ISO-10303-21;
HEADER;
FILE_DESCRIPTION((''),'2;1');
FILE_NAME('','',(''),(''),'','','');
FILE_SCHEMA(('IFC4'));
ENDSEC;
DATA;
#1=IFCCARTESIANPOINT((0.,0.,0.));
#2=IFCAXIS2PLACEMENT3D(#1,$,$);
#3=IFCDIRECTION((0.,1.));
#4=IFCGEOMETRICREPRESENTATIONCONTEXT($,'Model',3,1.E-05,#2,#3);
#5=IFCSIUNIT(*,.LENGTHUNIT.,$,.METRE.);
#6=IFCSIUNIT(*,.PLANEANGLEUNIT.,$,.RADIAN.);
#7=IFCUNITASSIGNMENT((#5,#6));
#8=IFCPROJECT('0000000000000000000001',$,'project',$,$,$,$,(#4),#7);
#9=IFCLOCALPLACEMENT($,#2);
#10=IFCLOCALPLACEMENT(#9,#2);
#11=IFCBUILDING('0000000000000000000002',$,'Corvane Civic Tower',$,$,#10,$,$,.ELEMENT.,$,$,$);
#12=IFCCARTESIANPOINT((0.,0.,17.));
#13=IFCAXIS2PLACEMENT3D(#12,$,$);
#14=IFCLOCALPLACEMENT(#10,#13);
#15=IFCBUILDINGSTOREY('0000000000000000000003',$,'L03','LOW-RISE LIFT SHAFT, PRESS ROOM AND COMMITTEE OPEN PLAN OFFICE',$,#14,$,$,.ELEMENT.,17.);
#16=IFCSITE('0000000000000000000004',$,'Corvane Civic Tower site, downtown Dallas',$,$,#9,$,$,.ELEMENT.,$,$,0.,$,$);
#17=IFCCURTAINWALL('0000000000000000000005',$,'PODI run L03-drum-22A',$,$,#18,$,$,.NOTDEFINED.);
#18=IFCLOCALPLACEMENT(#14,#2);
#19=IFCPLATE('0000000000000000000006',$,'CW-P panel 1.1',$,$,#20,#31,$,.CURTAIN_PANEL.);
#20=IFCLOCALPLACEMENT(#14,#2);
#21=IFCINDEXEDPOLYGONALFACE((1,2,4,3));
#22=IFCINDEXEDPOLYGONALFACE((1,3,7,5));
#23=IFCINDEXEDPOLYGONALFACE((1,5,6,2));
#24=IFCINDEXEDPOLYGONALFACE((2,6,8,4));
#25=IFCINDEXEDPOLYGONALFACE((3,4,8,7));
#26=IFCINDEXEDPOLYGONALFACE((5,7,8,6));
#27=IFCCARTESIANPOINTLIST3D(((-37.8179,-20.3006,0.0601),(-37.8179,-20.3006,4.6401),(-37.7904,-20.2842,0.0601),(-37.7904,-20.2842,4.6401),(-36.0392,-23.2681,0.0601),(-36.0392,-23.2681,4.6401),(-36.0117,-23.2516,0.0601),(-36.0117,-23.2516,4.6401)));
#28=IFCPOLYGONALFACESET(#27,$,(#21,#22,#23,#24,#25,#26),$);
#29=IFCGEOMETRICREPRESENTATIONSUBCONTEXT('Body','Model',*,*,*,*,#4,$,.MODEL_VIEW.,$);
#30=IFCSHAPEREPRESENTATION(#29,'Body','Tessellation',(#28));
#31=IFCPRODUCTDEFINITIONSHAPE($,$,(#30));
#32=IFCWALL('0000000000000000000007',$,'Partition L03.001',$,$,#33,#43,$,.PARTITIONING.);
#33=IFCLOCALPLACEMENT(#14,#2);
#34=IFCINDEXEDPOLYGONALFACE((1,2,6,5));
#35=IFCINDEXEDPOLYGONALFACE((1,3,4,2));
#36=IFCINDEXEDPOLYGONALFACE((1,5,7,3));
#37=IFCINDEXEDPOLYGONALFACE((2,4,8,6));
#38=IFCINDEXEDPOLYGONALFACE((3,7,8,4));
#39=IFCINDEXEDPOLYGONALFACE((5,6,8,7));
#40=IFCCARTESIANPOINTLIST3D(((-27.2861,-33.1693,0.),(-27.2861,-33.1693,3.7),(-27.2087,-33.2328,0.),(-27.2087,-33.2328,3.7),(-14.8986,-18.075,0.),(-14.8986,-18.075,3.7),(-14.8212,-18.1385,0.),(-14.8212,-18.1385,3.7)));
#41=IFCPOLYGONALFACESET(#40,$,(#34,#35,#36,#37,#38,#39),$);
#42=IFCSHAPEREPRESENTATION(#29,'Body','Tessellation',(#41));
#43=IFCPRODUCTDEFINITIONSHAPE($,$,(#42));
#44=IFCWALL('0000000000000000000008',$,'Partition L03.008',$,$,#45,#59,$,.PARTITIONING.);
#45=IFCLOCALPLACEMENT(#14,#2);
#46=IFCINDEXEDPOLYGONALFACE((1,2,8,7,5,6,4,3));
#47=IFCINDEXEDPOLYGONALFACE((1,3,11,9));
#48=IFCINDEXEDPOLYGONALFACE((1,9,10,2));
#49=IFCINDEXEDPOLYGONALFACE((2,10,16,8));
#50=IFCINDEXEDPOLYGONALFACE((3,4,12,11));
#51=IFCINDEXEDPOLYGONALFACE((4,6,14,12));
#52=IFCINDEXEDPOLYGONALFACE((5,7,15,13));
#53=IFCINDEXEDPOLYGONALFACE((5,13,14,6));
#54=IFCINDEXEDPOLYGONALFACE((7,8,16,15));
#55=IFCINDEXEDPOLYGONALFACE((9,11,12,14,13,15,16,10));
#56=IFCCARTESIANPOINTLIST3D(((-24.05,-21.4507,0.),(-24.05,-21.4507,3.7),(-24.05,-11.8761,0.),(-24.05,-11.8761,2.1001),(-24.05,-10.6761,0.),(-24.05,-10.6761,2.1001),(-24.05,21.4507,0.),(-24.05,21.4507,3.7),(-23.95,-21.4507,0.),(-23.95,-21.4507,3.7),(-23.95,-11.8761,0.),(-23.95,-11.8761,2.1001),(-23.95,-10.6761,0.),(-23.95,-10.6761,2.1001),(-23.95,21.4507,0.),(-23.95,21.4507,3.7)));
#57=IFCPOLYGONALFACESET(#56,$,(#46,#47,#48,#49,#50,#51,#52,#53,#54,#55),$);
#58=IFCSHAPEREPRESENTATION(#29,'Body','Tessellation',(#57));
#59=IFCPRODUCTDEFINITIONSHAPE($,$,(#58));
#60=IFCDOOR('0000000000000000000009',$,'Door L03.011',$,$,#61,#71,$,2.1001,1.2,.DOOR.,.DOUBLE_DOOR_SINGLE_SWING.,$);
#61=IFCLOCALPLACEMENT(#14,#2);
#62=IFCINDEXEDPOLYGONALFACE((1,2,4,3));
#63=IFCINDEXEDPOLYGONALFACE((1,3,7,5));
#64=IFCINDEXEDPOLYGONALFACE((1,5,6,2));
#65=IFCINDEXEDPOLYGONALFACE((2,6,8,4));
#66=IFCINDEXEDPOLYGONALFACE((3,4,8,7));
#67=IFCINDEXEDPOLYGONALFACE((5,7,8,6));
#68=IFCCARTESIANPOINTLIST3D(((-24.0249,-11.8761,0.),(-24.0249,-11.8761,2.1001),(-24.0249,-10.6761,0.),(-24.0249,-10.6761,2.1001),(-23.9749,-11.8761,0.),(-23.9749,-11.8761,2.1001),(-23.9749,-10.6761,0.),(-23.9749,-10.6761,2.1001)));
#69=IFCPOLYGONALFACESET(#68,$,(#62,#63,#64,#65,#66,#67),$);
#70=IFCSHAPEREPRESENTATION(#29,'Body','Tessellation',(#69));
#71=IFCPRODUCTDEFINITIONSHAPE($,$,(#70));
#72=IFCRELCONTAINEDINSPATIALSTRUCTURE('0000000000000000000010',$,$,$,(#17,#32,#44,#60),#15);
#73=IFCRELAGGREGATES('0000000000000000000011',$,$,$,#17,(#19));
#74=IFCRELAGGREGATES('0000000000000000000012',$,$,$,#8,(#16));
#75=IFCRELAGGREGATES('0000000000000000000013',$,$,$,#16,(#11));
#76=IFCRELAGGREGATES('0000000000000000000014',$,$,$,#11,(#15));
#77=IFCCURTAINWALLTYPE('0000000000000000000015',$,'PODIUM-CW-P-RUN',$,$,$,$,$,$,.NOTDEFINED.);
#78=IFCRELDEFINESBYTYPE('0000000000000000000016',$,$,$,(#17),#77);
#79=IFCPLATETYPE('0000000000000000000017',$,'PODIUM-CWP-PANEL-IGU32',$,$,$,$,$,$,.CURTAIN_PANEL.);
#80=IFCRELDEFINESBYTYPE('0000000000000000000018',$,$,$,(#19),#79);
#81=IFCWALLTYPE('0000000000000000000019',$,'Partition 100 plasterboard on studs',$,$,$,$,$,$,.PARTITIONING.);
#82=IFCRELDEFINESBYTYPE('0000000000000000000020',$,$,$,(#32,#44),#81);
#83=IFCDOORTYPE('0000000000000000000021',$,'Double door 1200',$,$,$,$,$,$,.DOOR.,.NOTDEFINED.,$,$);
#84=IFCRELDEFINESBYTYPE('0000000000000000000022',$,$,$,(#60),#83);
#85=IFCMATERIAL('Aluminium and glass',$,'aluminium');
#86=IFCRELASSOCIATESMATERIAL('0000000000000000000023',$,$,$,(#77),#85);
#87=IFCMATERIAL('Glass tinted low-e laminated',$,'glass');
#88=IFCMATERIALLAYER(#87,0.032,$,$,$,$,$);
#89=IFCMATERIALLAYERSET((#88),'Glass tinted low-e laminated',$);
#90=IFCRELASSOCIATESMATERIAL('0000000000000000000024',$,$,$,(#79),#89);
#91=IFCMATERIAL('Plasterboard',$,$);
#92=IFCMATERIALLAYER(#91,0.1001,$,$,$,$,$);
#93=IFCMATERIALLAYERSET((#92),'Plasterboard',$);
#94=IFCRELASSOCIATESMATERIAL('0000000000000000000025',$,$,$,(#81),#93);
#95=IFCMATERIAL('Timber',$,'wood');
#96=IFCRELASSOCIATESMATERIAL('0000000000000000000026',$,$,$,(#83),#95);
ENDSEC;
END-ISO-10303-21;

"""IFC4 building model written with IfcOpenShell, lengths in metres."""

from ifc_helpers import new_model, si_unit, direction, frame, frame_2d, origin, origin_2d, place, context, subcontext, project, spatial, rectangle, extrude, material, layer, layer_set, type_object, element, fill, aggregate, save


model = new_model("IFC4")

# Units and contexts
model_context = context("Model", 3, precision=1e-05, world=origin(), true_north=direction((0.0, 1.0)))
body_context = subcontext(model_context, "Body", "Model", "MODEL_VIEW")
ifc_project = project(units=[si_unit("LENGTHUNIT", "METRE"), si_unit("PLANEANGLEUNIT", "RADIAN")], contexts=[model_context])

# Site, building, storey
site_placement = place(None, origin())
site = spatial("IfcSite", under=ifc_project, at=site_placement, Name="Corvane Civic Tower site, downtown Dallas", CompositionType="ELEMENT", RefElevation=0.0)
building_placement = place(site_placement, origin())
building = spatial("IfcBuilding", under=site, at=building_placement, Name="Corvane Civic Tower", CompositionType="ELEMENT")
storey_placement = place(building_placement, frame((0.0, 0.0, 17.0)))
storey = spatial("IfcBuildingStorey", under=building, at=storey_placement, Name="L03", Description="LOW-RISE LIFT SHAFT, PRESS ROOM AND COMMITTEE OPEN PLAN OFFICE", CompositionType="ELEMENT", Elevation=17.0)

# Curtain wall
ifc_material_1 = material(Name="Aluminium and glass", Category="aluminium")
curtain_wall_type = type_object("IfcCurtainWallType", Name="PODIUM-CW-P-RUN", PredefinedType="NOTDEFINED", material=ifc_material_1)
curtain_wall_1_placement = place(storey_placement, origin())
curtain_wall_1 = element("IfcCurtainWall", 1, at=curtain_wall_1_placement, inside=storey, type_object=curtain_wall_type, Name="PODI run L03-drum-22A", PredefinedType="NOTDEFINED")

# Plate
ifc_material_2 = material(Name="Glass tinted low-e laminated", Category="glass")
ifc_layer_1 = layer(ifc_material_2, 0.032)
ifc_layer_set_1 = layer_set([ifc_layer_1], Name="Glass tinted low-e laminated")
plate_type = type_object("IfcPlateType", Name="PODIUM-CWP-PANEL-IGU32", PredefinedType="CURTAIN_PANEL", material=ifc_layer_set_1)
plate_1_placement = place(storey_placement, frame((-36.9148, -21.7761, 0.0601), z_axis=(0.0, 0.0, 1.0), x_axis=(-0.514118, 0.85772, 0.0)))
plate_1 = element("IfcPlate", 2, at=plate_1_placement, type_object=plate_type, Name="CW-P panel 1.1", PredefinedType="CURTAIN_PANEL", context=body_context, shape_type="SweptSolid", body=[
    extrude(rectangle(XDim=3.4597, YDim=0.032, at=origin_2d()), origin(), (0.0, 0.0, 1.0), 4.5801),
])
aggregate(curtain_wall_1, [plate_1])

# Wall
ifc_material_3 = material(Name="Plasterboard")
ifc_layer_2 = layer(ifc_material_3, 0.1001)
ifc_layer_set_2 = layer_set([ifc_layer_2], Name="Plasterboard")
wall_type_1 = type_object("IfcWallType", Name="Partition 100 plasterboard on studs", PredefinedType="PARTITIONING", material=ifc_layer_set_2)
wall_1_placement = place(storey_placement, frame((-27.2473, -33.2009, 0.0), z_axis=(0.0, 0.0, 1.0), x_axis=(0.634391, 0.773012, 0.0)))
element("IfcWall", 3, at=wall_1_placement, inside=storey, type_object=wall_type_1, Name="Partition L03.001", PredefinedType="PARTITIONING", context=body_context, shape_type="SweptSolid", body=[
    extrude(rectangle(XDim=19.5266, YDim=0.1001, at=frame_2d((9.7632, 0.0))), origin(), (0.0, 0.0, 1.0), 3.7),
])

# Wall, opening, door
wall_2_placement = place(storey_placement, frame((-24.0, -21.4507, 0.0), z_axis=(0.0, 0.0, 1.0), x_axis=(0.0, 1.0, 0.0)))
wall_2 = element("IfcWall", 4, at=wall_2_placement, inside=storey, type_object=wall_type_1, Name="Partition L03.008", PredefinedType="PARTITIONING", context=body_context, shape_type="SweptSolid", body=[
    extrude(rectangle(XDim=42.9014, YDim=0.1001, at=frame_2d((21.4507, 0.0))), origin(), (0.0, 0.0, 1.0), 3.7),
])
opening_1_placement = place(wall_2_placement, frame((9.5745, 0.0, 0.0)))
opening_1 = element("IfcOpeningElement", 5, at=opening_1_placement, cuts=wall_2, PredefinedType="OPENING", context=body_context, shape_type="SweptSolid", body=[
    extrude(rectangle(XDim=1.2, YDim=2.1001, at=frame_2d((0.6001, 1.05))), frame((0.0, 0.0601, 0.0), z_axis=(0.0, -1.0, 0.0), x_axis=(1.0, 0.0, 0.0)), (0.0, 0.0, 1.0), 0.1201),
])
ifc_material_4 = material(Name="Timber", Category="wood")
door_type_1 = type_object("IfcDoorType", Name="Double door 1200", OperationType="NOTDEFINED", PredefinedType="DOOR", material=ifc_material_4)
door_1_placement = place(opening_1_placement, origin())
door_1 = element("IfcDoor", 6, at=door_1_placement, inside=storey, type_object=door_type_1, Name="Door L03.011", OperationType="DOUBLE_DOOR_SINGLE_SWING", OverallHeight=2.1001, OverallWidth=1.2, PredefinedType="DOOR", context=body_context, shape_type="SweptSolid", body=[
    extrude(rectangle(XDim=1.2, YDim=2.1001, at=frame_2d((0.6001, 1.05))), frame((0.0, 0.0249, 0.0), z_axis=(0.0, -1.0, 0.0), x_axis=(1.0, 0.0, 0.0)), (0.0, 0.0, 1.0), 0.05),
])
fill(opening_1, door_1)

save(model, "model.ifc")
